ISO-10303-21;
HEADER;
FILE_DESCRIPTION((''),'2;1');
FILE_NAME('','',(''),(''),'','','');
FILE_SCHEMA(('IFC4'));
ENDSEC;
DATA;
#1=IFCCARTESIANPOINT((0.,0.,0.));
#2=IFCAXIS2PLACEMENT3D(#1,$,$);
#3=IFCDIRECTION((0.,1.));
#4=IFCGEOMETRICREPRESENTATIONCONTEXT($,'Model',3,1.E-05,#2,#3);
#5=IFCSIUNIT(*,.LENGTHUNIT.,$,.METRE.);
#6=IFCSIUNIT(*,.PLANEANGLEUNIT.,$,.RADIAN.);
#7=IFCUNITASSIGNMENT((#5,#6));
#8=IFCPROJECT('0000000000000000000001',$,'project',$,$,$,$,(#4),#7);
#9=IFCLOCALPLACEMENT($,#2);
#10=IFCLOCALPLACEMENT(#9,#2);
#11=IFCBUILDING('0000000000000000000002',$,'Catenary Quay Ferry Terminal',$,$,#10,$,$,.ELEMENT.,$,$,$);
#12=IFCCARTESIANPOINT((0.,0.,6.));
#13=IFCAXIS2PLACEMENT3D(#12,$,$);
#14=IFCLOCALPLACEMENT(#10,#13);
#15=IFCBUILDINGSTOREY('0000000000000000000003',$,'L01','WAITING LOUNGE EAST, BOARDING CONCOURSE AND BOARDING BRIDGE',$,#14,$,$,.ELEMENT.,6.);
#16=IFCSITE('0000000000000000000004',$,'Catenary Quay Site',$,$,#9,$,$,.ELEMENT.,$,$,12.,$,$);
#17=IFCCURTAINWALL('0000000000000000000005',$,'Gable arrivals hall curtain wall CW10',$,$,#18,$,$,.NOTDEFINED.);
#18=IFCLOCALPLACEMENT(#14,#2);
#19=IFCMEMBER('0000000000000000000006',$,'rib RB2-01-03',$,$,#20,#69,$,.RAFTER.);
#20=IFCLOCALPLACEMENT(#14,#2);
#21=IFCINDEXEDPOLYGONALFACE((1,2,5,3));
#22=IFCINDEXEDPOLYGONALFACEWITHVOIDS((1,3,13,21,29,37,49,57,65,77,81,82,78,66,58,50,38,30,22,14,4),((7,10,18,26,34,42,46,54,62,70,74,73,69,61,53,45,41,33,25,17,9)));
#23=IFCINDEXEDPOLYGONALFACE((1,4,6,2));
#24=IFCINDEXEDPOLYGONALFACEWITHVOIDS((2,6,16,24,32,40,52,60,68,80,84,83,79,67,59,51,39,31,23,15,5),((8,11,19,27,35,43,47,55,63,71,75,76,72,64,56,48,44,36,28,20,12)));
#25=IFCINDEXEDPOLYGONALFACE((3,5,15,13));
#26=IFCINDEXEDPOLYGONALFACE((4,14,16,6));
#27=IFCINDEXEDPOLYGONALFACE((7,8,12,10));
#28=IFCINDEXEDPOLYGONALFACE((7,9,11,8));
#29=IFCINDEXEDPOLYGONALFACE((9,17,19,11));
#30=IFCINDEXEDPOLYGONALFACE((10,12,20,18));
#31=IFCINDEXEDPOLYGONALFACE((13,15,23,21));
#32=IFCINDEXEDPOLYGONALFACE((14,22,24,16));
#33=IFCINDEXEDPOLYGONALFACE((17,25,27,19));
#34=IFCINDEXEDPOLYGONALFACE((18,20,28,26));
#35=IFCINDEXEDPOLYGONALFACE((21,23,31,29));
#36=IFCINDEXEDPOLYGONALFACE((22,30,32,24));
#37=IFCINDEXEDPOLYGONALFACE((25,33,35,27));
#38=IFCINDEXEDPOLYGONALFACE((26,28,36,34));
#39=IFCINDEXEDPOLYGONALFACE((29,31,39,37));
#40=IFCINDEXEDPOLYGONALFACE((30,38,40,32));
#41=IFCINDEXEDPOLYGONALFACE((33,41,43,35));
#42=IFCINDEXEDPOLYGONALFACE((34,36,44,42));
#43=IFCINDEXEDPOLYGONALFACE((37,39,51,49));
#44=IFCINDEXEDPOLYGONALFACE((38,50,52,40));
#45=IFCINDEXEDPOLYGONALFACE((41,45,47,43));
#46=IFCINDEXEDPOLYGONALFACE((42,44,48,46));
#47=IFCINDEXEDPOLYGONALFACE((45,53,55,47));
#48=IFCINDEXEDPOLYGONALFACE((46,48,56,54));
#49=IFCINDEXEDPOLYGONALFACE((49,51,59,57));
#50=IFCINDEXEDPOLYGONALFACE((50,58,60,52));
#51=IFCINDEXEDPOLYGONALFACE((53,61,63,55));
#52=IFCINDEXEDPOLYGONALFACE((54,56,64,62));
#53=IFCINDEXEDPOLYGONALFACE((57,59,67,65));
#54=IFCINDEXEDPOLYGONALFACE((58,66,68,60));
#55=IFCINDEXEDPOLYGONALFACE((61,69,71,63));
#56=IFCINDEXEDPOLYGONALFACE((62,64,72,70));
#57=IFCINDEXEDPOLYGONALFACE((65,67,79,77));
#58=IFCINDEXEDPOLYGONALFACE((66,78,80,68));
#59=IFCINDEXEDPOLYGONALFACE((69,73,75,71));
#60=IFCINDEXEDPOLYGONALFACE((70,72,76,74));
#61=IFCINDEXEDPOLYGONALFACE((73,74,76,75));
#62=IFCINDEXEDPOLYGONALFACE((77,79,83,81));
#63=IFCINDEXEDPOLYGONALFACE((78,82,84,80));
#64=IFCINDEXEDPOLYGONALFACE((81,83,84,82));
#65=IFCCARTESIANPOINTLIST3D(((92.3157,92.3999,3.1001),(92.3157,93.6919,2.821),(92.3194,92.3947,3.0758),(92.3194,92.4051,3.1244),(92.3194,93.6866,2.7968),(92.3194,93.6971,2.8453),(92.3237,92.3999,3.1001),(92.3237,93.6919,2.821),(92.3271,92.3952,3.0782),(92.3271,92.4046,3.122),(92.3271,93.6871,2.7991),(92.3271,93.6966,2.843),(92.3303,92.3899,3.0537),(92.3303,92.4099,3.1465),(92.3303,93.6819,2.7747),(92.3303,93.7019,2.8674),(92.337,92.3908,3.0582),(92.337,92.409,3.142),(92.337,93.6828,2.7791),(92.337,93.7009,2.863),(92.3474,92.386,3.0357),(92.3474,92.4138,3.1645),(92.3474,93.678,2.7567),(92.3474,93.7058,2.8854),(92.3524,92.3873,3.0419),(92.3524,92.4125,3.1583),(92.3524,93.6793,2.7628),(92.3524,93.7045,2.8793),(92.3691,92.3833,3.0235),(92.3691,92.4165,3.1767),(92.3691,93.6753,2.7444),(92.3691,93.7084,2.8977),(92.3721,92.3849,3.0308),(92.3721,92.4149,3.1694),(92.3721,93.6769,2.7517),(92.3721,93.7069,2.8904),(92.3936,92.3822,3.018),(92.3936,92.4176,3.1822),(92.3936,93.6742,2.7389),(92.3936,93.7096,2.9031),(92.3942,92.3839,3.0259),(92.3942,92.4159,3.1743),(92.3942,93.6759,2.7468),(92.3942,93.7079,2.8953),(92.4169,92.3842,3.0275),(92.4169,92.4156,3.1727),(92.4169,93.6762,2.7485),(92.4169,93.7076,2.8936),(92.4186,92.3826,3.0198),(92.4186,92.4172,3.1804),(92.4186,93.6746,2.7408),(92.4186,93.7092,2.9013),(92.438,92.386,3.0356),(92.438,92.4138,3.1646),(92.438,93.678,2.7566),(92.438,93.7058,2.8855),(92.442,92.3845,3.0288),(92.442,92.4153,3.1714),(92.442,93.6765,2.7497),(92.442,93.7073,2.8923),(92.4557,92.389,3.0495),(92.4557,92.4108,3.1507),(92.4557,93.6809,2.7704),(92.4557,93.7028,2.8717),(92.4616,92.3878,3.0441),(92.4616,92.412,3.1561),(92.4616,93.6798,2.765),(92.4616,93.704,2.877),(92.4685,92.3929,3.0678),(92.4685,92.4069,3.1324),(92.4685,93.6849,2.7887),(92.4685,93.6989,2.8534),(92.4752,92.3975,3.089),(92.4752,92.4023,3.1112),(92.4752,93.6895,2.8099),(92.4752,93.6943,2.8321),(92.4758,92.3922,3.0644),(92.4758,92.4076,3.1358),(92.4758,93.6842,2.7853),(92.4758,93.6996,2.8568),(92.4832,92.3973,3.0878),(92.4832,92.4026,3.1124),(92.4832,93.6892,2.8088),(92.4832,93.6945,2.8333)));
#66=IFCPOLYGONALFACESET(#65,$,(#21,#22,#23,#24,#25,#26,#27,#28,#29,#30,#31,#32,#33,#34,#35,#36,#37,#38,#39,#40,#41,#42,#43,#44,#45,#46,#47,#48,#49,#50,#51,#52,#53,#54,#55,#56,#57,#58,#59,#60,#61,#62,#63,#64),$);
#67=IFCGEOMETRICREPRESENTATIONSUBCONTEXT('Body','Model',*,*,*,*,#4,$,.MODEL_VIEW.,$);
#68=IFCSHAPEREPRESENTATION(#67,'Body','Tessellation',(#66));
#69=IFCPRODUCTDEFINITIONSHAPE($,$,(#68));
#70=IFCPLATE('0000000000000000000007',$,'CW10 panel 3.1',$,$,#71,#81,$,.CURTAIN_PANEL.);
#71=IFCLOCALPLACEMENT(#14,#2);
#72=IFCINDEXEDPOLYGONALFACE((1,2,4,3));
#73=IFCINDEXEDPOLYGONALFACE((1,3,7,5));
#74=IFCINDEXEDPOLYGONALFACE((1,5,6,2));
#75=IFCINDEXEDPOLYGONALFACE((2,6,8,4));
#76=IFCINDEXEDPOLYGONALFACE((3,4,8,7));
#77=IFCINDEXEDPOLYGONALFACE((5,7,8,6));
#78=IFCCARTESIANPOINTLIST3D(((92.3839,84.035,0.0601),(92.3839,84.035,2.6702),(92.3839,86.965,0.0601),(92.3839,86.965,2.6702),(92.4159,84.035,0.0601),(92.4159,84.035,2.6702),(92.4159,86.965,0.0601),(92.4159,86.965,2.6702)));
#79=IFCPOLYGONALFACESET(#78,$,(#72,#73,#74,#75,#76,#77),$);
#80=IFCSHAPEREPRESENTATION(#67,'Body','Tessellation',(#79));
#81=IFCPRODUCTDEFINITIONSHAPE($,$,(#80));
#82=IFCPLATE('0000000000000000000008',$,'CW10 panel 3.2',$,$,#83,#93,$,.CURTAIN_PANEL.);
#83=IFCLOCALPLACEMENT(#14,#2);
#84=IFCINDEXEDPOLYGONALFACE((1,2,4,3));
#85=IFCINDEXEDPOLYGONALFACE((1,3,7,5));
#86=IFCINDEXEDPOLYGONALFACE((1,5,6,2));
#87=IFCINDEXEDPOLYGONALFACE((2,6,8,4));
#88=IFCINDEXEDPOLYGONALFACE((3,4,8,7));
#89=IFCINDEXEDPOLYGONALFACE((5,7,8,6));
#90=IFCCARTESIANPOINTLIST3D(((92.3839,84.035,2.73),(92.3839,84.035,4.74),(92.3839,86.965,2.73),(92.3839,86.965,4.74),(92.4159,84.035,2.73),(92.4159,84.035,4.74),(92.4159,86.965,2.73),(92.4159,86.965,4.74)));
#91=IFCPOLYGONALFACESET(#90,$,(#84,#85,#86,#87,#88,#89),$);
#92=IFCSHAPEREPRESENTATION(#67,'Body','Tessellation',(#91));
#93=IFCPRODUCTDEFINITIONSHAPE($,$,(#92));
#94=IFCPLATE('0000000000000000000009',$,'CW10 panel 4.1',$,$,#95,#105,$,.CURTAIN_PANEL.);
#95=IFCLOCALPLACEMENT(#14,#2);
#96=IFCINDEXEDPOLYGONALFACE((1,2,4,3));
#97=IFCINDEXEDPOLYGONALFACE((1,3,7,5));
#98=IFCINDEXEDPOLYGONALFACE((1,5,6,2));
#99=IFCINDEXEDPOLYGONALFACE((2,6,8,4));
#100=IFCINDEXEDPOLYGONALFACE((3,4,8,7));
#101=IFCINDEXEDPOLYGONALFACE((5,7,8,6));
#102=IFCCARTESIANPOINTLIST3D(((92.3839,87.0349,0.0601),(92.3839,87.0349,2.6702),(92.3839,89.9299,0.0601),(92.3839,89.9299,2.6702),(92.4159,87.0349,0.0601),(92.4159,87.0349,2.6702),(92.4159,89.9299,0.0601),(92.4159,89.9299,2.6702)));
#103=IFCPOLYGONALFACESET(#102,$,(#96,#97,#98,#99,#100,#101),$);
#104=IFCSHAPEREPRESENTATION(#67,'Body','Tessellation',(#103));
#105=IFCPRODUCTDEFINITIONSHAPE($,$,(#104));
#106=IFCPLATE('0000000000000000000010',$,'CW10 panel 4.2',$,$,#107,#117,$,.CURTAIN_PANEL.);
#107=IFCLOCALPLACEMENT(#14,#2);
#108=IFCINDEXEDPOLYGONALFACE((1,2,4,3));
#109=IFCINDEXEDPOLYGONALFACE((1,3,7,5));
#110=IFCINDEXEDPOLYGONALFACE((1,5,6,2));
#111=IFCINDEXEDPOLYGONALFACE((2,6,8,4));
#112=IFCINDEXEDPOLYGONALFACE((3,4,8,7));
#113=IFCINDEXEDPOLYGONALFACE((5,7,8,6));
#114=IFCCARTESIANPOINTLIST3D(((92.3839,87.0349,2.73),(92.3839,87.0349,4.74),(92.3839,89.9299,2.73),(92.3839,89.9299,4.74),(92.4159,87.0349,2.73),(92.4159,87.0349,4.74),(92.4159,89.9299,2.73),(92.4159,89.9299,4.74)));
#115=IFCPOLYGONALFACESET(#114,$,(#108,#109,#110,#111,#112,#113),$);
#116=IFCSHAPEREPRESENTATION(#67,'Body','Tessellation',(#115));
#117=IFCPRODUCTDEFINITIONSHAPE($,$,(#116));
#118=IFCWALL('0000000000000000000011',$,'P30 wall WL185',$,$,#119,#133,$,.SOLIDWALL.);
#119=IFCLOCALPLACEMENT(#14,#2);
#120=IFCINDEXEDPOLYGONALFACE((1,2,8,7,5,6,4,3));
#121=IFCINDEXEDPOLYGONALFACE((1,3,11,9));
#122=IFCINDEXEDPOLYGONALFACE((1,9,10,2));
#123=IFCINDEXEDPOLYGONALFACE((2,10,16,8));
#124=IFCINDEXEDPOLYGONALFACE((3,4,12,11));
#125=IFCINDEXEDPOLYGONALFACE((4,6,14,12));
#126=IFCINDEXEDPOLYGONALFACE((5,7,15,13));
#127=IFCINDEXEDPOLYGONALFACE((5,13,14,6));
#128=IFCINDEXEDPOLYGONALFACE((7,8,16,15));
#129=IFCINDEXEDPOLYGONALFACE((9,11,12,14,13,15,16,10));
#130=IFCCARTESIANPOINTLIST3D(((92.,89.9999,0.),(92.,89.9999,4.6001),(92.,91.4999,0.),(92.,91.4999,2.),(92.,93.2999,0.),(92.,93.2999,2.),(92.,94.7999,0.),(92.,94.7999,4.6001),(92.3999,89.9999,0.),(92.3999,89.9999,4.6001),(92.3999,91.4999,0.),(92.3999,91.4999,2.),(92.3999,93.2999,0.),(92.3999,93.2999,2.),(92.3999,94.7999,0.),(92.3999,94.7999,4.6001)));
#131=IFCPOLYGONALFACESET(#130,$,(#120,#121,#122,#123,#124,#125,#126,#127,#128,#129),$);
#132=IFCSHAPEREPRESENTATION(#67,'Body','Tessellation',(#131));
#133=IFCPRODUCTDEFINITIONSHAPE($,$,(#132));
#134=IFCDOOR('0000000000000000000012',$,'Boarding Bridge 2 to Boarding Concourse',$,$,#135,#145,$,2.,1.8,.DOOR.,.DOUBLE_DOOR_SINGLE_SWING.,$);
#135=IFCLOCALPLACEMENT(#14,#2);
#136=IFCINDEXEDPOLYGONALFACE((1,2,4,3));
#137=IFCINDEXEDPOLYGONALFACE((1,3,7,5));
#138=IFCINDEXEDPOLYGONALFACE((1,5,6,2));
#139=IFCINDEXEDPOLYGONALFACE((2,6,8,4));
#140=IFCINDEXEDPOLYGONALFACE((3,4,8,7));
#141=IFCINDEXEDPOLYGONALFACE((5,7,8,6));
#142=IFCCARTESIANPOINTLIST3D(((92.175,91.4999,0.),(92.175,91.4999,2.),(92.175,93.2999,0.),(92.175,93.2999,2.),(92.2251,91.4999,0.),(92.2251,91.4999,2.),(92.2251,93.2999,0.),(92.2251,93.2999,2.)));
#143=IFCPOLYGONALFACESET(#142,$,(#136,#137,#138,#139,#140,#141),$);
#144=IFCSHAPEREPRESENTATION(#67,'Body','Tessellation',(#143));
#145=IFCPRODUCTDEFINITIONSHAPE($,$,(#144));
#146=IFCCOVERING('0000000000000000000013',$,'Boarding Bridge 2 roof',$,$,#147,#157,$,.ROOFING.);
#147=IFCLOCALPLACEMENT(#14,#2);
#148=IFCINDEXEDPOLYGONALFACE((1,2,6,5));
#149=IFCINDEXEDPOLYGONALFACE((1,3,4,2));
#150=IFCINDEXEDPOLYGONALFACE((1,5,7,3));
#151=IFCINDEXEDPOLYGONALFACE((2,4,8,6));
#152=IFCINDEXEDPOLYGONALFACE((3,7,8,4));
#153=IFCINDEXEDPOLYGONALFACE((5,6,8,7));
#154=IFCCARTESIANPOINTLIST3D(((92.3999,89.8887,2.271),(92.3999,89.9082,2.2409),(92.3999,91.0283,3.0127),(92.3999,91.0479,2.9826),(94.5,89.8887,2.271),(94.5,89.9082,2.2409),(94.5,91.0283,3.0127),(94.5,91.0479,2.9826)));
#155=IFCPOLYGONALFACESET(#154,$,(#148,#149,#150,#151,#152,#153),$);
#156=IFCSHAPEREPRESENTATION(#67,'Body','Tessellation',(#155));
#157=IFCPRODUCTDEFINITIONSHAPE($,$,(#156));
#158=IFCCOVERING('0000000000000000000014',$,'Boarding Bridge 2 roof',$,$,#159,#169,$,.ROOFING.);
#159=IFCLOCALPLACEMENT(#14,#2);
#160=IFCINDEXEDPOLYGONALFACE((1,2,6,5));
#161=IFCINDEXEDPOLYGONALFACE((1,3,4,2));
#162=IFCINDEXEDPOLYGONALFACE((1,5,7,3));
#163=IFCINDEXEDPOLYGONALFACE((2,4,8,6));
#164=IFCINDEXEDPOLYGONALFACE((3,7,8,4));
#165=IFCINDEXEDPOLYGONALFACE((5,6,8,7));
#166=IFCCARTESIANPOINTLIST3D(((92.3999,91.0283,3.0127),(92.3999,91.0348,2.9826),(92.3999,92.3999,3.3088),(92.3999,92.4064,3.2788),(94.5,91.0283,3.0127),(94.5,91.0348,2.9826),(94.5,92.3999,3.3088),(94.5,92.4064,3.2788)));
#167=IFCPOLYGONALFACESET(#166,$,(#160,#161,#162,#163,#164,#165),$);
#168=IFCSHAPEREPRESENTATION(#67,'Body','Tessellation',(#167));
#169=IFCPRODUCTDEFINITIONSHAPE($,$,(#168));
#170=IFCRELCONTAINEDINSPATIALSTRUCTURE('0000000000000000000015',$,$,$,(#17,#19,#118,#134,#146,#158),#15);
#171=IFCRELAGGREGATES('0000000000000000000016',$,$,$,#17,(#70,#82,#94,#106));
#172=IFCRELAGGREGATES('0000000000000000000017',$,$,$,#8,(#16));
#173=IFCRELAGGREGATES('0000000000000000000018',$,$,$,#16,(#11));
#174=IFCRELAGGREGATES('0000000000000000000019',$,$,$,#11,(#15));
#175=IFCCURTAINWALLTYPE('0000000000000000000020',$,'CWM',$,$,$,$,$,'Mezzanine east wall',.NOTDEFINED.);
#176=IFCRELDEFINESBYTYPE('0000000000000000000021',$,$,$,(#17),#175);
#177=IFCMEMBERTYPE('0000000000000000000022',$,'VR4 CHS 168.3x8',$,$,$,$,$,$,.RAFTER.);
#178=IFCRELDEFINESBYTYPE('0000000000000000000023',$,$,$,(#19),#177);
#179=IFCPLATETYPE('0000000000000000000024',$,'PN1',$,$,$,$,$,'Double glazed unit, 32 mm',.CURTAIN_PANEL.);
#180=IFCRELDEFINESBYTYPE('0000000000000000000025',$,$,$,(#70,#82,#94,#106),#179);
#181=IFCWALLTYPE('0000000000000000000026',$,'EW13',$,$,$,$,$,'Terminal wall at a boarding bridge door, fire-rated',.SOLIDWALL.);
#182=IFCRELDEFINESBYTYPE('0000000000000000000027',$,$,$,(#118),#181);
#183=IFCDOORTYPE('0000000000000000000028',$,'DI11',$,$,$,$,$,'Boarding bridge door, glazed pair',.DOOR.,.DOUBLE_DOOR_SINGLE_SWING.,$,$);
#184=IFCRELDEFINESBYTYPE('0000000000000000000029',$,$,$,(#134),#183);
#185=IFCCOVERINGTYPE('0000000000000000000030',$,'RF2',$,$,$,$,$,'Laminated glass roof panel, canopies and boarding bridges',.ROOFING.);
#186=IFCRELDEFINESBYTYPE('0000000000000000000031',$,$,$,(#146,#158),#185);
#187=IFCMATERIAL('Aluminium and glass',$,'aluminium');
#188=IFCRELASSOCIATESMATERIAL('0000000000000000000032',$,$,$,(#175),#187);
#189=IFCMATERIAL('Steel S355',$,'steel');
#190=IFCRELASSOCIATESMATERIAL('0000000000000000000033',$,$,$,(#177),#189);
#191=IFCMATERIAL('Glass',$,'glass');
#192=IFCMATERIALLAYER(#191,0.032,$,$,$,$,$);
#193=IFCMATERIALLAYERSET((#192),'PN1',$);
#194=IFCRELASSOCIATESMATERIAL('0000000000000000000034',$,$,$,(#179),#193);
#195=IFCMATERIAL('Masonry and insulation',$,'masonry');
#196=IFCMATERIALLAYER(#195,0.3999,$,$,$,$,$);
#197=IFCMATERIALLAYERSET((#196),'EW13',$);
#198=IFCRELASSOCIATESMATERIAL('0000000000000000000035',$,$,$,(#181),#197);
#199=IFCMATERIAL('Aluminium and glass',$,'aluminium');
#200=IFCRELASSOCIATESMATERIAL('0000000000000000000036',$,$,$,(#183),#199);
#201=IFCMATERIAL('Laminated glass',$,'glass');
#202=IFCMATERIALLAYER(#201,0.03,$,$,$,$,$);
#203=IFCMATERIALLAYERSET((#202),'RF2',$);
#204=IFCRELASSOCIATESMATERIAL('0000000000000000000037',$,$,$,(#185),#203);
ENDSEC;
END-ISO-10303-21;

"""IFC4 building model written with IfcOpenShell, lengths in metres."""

from ifc_helpers import new_model, si_unit, direction, frame, frame_2d, origin, origin_2d, place, context, subcontext, project, spatial, polyline, rectangle, hollow_circle, outline, extrude, material, layer, layer_set, material_profile, profile_set, type_object, element, fill, aggregate, save


model = new_model("IFC4")

# Units and contexts
model_context = context("Model", 3, precision=1e-05, world=origin(), true_north=direction((0.0, 1.0)))
body_context = subcontext(model_context, "Body", "Model", "MODEL_VIEW")
ifc_project = project(units=[si_unit("LENGTHUNIT", "METRE"), si_unit("PLANEANGLEUNIT", "RADIAN")], contexts=[model_context])

# Site, building, storey
site_placement = place(None, origin())
site = spatial("IfcSite", under=ifc_project, at=site_placement, Name="Catenary Quay Site", CompositionType="ELEMENT", RefElevation=12.0)
building_placement = place(site_placement, origin())
building = spatial("IfcBuilding", under=site, at=building_placement, Name="Catenary Quay Ferry Terminal", CompositionType="ELEMENT")
storey_placement = place(building_placement, frame((0.0, 0.0, 6.0)))
storey = spatial("IfcBuildingStorey", under=building, at=storey_placement, Name="L01", Description="WAITING LOUNGE EAST, BOARDING CONCOURSE AND BOARDING BRIDGE", CompositionType="ELEMENT", Elevation=6.0)

# Curtain wall
ifc_material_1 = material(Name="Aluminium and glass", Category="aluminium")
curtain_wall_type_1 = type_object("IfcCurtainWallType", Name="CWM", ElementType="Mezzanine east wall", PredefinedType="NOTDEFINED", material=ifc_material_1)
curtain_wall_1_placement = place(storey_placement, origin())
curtain_wall_1 = element("IfcCurtainWall", 1, at=curtain_wall_1_placement, inside=storey, type_object=curtain_wall_type_1, Name="Gable arrivals hall curtain wall CW10", PredefinedType="NOTDEFINED")

# Member
ifc_material_2 = material(Name="Steel S355", Category="steel")
ifc_material_profile_1 = material_profile(ifc_material_2, hollow_circle(Radius=0.0842, WallThickness=0.0081, at=origin_2d()), Name="CHS 168.3x8")
ifc_profile_set_1 = profile_set([ifc_material_profile_1], Name="Steel S355")
member_type_1 = type_object("IfcMemberType", Name="VR4 CHS 168.3x8", PredefinedType="RAFTER", material=ifc_profile_set_1)
for number, where, z_axis, x_axis, name in (
    (2, (92.3999, 92.3999, 3.1001), (0.0, 0.977461, -0.211118), (-1.0, 0.0, 0.0), "rib RB2-01-03"),
):
    element("IfcMember", number, at=place(storey_placement, frame(where, z_axis=z_axis, x_axis=x_axis)), inside=storey, type_object=member_type_1, Name=name, PredefinedType="RAFTER", context=body_context, shape_type="SweptSolid", body=[
        extrude(hollow_circle(Radius=0.0842, WallThickness=0.0081, at=origin_2d()), origin(), (0.0, 0.0, 1.0), 1.3218),
    ])

# Plates
ifc_material_3 = material(Name="Glass", Category="glass")
ifc_layer_1 = layer(ifc_material_3, 0.032)
ifc_layer_set_1 = layer_set([ifc_layer_1], Name="PN1")
plate_type = type_object("IfcPlateType", Name="PN1", ElementType="Double glazed unit, 32 mm", PredefinedType="CURTAIN_PANEL", material=ifc_layer_set_1)
plate_1_placement = place(storey_placement, frame((92.3999, 85.5, 0.0601), z_axis=(0.0, 0.0, 1.0), x_axis=(0.0, 1.0, 0.0)))
plate_1 = element("IfcPlate", 3, at=plate_1_placement, type_object=plate_type, Name="CW10 panel 3.1", PredefinedType="CURTAIN_PANEL", context=body_context, shape_type="SweptSolid", body=[
    extrude(rectangle(XDim=2.9299, YDim=0.032, at=origin_2d()), origin(), (0.0, 0.0, 1.0), 2.6101),
])
plate_2_placement = place(storey_placement, frame((92.3999, 85.5, 2.73), z_axis=(0.0, 0.0, 1.0), x_axis=(0.0, 1.0, 0.0)))
plate_2 = element("IfcPlate", 4, at=plate_2_placement, type_object=plate_type, Name="CW10 panel 3.2", PredefinedType="CURTAIN_PANEL", context=body_context, shape_type="SweptSolid", body=[
    extrude(rectangle(XDim=2.9299, YDim=0.032, at=origin_2d()), origin(), (0.0, 0.0, 1.0), 2.01),
])
plate_3_placement = place(storey_placement, frame((92.3999, 88.4824, 0.0601), z_axis=(0.0, 0.0, 1.0), x_axis=(0.0, 1.0, 0.0)))
plate_3 = element("IfcPlate", 5, at=plate_3_placement, type_object=plate_type, Name="CW10 panel 4.1", PredefinedType="CURTAIN_PANEL", context=body_context, shape_type="SweptSolid", body=[
    extrude(rectangle(XDim=2.895, YDim=0.032, at=origin_2d()), origin(), (0.0, 0.0, 1.0), 2.6101),
])
plate_4_placement = place(storey_placement, frame((92.3999, 88.4824, 2.73), z_axis=(0.0, 0.0, 1.0), x_axis=(0.0, 1.0, 0.0)))
plate_4 = element("IfcPlate", 6, at=plate_4_placement, type_object=plate_type, Name="CW10 panel 4.2", PredefinedType="CURTAIN_PANEL", context=body_context, shape_type="SweptSolid", body=[
    extrude(rectangle(XDim=2.895, YDim=0.032, at=origin_2d()), origin(), (0.0, 0.0, 1.0), 2.01),
])
aggregate(curtain_wall_1, [plate_1, plate_2, plate_3, plate_4])

# Wall, opening, door
ifc_material_4 = material(Name="Masonry and insulation", Category="masonry")
ifc_layer_2 = layer(ifc_material_4, 0.3999)
ifc_layer_set_2 = layer_set([ifc_layer_2], Name="EW13")
wall_type = type_object("IfcWallType", Name="EW13", ElementType="Terminal wall at a boarding bridge door, fire-rated", PredefinedType="SOLIDWALL", material=ifc_layer_set_2)
wall_placement = place(storey_placement, frame((92.2, 90.0, 0.0), z_axis=(0.0, 0.0, 1.0), x_axis=(0.0, 1.0, 0.0)))
wall = element("IfcWall", 7, at=wall_placement, inside=storey, type_object=wall_type, Name="P30 wall WL185", PredefinedType="SOLIDWALL", context=body_context, shape_type="SweptSolid", body=[
    extrude(rectangle(XDim=4.8, YDim=0.3999, at=frame_2d((2.3999, 0.0))), origin(), (0.0, 0.0, 1.0), 4.6001),
])
opening_placement = place(wall_placement, frame((1.5, 0.0, 0.0)))
opening = element("IfcOpeningElement", 8, at=opening_placement, cuts=wall, PredefinedType="OPENING", context=body_context, shape_type="SweptSolid", body=[
    extrude(rectangle(XDim=1.8, YDim=2.0, at=frame_2d((0.8999, 1.0))), frame((0.0, 0.21, 0.0), z_axis=(0.0, -1.0, 0.0), x_axis=(1.0, 0.0, 0.0)), (0.0, 0.0, 1.0), 0.4199),
])
ifc_material_5 = material(Name="Aluminium and glass", Category="aluminium")
door_type = type_object("IfcDoorType", Name="DI11", ElementType="Boarding bridge door, glazed pair", OperationType="DOUBLE_DOOR_SINGLE_SWING", PredefinedType="DOOR", material=ifc_material_5)
door_placement = place(opening_placement, origin())
door = element("IfcDoor", 9, at=door_placement, inside=storey, type_object=door_type, Name="Boarding Bridge 2 to Boarding Concourse", OperationType="DOUBLE_DOOR_SINGLE_SWING", OverallHeight=2.0, OverallWidth=1.8, PredefinedType="DOOR", context=body_context, shape_type="SweptSolid", body=[
    extrude(rectangle(XDim=1.8, YDim=2.0, at=frame_2d((0.8999, 1.0))), frame((0.0, 0.0249, 0.0), z_axis=(0.0, -1.0, 0.0), x_axis=(1.0, 0.0, 0.0)), (0.0, 0.0, 1.0), 0.05),
])
fill(opening, door)

# Coverings
ifc_material_6 = material(Name="Laminated glass", Category="glass")
ifc_layer_3 = layer(ifc_material_6, 0.03)
ifc_layer_set_3 = layer_set([ifc_layer_3], Name="RF2")
covering_type = type_object("IfcCoveringType", Name="RF2", ElementType="Laminated glass roof panel, canopies and boarding bridges", PredefinedType="ROOFING", material=ifc_layer_set_3)
covering_1_placement = place(storey_placement, frame((92.3999, 89.8887, 2.271), z_axis=(0.0, -0.545468, 0.838132), x_axis=(1.0, 0.0, 0.0)))
element("IfcCovering", 10, at=covering_1_placement, inside=storey, type_object=covering_type, Name="Boarding Bridge 2 roof", PredefinedType="ROOFING", context=body_context, shape_type="SweptSolid", body=[
    extrude(outline(polyline([(0.0, 0.0), (2.1001, 0.0), (2.1001, 1.3597), (0.0, 1.3597), (0.0, 0.0)])), origin(), (0.0, 0.0, -1.0), 0.0359),
])
covering_2_placement = place(storey_placement, frame((92.3999, 91.0283, 3.0127), z_axis=(0.0, -0.21105, 0.977475), x_axis=(1.0, 0.0, 0.0)))
element("IfcCovering", 11, at=covering_2_placement, inside=storey, type_object=covering_type, Name="Boarding Bridge 2 roof", PredefinedType="ROOFING", context=body_context, shape_type="SweptSolid", body=[
    extrude(outline(polyline([(0.0, 0.0), (2.1001, 0.0), (2.1001, 1.4032), (0.0, 1.4032), (0.0, 0.0)])), origin(), (0.0, 0.0, -1.0), 0.0308),
])

save(model, "model.ifc")
